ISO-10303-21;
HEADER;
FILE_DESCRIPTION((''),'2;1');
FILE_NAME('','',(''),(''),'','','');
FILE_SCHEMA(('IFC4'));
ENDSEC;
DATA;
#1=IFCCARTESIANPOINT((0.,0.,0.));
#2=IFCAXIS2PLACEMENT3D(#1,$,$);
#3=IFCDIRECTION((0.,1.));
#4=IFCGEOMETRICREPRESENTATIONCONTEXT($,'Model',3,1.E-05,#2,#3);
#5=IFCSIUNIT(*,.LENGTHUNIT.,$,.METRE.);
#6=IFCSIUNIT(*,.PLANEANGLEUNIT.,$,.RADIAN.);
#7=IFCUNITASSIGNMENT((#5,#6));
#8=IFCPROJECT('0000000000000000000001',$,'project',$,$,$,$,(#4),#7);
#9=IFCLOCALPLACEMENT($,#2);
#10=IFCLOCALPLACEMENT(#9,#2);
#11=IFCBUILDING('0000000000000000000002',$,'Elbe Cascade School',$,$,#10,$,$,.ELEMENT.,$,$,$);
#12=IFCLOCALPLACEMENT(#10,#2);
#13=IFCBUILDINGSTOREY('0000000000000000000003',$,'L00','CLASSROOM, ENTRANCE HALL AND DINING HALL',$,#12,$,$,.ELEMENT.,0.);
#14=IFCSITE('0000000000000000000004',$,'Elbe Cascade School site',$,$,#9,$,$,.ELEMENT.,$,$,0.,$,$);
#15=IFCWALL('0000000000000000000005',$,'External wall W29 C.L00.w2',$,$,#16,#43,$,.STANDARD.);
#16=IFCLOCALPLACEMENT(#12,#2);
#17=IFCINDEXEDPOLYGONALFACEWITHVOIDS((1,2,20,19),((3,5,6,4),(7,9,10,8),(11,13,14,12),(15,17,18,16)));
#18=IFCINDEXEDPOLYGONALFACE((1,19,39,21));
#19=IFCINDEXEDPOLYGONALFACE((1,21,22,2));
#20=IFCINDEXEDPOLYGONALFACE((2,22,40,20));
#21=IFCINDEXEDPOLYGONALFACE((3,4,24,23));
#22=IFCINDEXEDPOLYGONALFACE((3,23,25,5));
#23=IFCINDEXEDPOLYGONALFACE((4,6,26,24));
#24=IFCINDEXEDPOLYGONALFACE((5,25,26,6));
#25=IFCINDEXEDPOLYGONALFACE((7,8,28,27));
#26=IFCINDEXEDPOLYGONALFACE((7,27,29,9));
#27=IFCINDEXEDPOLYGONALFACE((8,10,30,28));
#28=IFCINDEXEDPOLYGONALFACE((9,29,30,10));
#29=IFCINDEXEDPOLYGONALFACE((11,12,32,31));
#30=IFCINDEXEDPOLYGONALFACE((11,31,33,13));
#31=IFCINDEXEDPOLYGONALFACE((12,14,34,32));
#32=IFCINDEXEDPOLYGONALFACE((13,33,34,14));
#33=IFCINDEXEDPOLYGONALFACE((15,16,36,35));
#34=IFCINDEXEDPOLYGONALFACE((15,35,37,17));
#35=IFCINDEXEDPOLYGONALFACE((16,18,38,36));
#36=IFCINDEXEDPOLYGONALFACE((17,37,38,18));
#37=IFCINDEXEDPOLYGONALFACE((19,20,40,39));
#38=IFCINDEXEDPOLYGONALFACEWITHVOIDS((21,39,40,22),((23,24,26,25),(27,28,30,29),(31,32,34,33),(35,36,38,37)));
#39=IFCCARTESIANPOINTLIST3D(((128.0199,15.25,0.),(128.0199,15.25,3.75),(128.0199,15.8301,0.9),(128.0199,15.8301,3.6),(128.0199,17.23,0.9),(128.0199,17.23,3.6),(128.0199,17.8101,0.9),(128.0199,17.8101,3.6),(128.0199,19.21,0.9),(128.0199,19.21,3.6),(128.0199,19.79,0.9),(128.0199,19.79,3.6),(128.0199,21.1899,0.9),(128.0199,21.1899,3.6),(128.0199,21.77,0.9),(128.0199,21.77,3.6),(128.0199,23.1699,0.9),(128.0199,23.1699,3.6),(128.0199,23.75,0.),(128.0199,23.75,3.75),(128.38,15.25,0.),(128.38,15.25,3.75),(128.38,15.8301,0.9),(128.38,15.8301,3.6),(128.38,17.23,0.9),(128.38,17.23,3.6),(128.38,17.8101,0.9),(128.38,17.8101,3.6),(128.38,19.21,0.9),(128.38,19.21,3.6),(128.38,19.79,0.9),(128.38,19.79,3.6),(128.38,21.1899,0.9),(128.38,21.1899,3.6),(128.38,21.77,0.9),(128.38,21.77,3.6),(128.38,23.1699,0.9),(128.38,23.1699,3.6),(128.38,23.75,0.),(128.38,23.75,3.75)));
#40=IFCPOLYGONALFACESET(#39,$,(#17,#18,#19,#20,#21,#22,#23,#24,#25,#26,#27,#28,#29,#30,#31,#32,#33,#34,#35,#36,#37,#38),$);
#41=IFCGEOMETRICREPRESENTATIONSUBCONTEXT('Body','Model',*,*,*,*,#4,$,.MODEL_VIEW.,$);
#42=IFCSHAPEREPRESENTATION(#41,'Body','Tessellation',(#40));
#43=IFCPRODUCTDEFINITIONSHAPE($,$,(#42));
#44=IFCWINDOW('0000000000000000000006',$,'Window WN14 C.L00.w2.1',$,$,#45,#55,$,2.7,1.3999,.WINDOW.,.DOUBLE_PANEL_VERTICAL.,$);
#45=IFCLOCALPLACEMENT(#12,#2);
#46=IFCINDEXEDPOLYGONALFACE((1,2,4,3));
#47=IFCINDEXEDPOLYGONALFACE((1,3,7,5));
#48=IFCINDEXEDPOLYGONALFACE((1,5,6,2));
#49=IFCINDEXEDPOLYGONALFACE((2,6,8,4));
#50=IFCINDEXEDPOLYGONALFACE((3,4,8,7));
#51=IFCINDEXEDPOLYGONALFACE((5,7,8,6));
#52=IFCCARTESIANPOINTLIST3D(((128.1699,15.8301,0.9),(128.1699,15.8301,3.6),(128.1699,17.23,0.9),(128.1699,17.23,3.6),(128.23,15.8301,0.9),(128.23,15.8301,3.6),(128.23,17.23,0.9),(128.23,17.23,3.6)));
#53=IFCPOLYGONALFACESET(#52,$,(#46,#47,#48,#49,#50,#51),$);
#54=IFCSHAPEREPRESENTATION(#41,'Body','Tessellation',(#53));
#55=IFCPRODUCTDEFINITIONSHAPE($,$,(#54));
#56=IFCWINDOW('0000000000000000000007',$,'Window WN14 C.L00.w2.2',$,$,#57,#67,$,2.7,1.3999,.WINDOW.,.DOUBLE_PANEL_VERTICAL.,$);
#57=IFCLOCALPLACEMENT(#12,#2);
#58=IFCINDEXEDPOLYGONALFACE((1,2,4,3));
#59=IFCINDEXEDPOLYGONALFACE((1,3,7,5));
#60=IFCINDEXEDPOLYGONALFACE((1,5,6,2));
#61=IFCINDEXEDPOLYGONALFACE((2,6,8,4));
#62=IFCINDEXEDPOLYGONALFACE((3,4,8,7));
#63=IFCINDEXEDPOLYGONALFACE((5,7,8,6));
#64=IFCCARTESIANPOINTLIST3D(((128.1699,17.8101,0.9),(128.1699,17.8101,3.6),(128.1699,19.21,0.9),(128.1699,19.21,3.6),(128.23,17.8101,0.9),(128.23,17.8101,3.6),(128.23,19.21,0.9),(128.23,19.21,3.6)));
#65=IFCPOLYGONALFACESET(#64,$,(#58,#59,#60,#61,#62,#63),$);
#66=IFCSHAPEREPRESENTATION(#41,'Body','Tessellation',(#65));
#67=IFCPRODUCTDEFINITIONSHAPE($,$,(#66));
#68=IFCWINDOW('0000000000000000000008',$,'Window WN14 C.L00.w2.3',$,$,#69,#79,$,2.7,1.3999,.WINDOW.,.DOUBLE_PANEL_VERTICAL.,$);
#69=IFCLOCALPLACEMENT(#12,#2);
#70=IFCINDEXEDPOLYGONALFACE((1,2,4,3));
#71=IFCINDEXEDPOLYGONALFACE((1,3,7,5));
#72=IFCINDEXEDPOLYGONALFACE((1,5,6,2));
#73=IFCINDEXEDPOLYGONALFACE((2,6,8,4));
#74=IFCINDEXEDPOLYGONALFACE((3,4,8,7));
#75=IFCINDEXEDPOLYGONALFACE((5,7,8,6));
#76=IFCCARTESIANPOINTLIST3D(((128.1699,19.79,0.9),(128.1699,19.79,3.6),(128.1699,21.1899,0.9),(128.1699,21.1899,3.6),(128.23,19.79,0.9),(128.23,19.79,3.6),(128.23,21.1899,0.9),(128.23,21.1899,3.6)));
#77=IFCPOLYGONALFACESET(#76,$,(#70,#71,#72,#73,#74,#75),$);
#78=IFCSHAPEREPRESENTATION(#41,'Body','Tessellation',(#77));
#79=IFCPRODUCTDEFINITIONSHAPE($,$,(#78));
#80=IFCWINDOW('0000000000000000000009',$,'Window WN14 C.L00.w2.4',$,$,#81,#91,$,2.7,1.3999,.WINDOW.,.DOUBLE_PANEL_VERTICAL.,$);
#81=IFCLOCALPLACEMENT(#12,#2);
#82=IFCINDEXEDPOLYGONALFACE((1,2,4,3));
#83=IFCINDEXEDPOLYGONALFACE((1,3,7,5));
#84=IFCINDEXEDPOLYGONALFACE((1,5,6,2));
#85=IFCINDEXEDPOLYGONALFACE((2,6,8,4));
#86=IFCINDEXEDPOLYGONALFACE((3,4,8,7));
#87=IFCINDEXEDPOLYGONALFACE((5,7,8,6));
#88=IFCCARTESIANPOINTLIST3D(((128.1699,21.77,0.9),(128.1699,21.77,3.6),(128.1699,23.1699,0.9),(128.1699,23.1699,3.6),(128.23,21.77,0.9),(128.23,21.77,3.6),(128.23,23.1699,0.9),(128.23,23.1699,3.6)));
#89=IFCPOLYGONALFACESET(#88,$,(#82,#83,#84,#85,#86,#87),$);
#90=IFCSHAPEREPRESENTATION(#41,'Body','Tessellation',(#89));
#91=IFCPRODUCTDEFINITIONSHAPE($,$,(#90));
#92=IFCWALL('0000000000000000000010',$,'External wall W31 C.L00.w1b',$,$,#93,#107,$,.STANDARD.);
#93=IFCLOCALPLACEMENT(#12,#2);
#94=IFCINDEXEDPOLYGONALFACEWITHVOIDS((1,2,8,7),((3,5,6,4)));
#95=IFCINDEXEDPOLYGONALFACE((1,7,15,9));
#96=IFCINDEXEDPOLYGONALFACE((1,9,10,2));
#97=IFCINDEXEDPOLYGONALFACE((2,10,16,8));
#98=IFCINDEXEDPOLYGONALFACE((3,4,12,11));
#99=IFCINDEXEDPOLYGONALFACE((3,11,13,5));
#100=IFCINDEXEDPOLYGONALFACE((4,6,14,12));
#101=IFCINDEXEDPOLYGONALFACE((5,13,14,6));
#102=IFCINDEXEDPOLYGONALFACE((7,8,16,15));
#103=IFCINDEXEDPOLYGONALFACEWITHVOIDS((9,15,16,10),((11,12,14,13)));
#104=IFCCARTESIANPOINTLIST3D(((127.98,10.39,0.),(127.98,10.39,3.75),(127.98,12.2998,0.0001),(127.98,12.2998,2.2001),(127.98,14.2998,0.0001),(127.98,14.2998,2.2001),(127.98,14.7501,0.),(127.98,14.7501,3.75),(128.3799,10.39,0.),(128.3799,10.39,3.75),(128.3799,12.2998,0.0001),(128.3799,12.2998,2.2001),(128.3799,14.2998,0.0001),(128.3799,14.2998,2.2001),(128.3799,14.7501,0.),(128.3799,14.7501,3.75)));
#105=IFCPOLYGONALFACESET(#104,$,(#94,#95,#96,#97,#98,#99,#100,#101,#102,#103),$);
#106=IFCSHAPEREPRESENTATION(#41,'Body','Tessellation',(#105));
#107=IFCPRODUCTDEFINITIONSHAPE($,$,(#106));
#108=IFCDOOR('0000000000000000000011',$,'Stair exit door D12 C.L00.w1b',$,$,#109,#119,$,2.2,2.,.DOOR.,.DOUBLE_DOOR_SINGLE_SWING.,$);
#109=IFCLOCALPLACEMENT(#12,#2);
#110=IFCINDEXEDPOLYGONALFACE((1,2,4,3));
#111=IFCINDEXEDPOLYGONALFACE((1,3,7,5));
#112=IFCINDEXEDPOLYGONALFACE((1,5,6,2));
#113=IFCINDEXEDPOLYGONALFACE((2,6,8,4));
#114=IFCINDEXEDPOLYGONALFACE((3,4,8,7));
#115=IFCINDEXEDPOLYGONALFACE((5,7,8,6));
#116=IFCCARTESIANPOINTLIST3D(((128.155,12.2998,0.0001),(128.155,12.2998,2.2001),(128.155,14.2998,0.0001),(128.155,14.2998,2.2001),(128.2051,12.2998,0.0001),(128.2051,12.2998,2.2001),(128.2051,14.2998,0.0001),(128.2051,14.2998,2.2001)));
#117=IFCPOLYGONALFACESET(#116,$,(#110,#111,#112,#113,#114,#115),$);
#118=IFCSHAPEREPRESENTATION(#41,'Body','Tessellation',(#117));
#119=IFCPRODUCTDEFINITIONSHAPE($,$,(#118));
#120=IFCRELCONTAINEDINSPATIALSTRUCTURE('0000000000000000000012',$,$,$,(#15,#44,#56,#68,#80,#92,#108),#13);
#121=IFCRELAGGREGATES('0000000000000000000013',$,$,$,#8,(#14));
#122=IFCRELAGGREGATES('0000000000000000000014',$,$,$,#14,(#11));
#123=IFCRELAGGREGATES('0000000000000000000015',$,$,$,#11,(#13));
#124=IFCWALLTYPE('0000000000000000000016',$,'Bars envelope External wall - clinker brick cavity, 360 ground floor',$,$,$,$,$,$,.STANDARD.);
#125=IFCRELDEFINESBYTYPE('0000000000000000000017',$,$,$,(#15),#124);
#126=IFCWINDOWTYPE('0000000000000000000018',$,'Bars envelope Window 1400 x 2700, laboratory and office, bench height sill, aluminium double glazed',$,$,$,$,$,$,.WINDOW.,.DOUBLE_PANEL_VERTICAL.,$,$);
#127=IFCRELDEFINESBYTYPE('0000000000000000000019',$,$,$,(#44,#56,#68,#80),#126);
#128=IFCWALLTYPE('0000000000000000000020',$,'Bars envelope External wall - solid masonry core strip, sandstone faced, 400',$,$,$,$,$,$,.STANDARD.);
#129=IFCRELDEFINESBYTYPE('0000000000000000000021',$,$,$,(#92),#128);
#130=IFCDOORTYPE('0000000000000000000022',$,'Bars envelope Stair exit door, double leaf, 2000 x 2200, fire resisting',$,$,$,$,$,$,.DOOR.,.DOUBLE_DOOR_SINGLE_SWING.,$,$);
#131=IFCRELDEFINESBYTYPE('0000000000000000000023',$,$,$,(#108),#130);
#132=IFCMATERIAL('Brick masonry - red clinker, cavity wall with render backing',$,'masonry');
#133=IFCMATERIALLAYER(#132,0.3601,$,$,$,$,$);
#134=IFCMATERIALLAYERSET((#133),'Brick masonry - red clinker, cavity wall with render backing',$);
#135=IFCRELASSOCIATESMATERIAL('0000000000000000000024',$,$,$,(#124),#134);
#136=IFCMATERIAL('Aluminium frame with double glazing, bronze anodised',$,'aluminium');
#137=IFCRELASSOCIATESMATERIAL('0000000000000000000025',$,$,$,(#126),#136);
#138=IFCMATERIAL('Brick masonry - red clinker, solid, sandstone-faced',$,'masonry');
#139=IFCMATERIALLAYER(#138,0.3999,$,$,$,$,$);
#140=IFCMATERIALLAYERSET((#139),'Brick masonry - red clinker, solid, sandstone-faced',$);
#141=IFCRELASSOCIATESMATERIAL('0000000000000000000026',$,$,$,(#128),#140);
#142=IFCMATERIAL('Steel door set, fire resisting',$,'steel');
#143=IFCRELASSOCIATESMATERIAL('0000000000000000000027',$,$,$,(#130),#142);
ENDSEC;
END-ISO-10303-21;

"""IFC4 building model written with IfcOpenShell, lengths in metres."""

from ifc_helpers import new_model, si_unit, direction, frame, frame_2d, origin, place, context, subcontext, project, spatial, rectangle, extrude, material, layer, layer_set, type_object, element, fill, save


model = new_model("IFC4")

# Units and contexts
model_context = context("Model", 3, precision=1e-05, world=origin(), true_north=direction((0.0, 1.0)))
body_context = subcontext(model_context, "Body", "Model", "MODEL_VIEW")
ifc_project = project(units=[si_unit("LENGTHUNIT", "METRE"), si_unit("PLANEANGLEUNIT", "RADIAN")], contexts=[model_context])

# Site, building, storey
site_placement = place(None, origin())
site = spatial("IfcSite", under=ifc_project, at=site_placement, Name="Elbe Cascade School site", CompositionType="ELEMENT", RefElevation=0.0)
building_placement = place(site_placement, origin())
building = spatial("IfcBuilding", under=site, at=building_placement, Name="Elbe Cascade School", CompositionType="ELEMENT")
storey_placement = place(building_placement, origin())
storey = spatial("IfcBuildingStorey", under=building, at=storey_placement, Name="L00", Description="CLASSROOM, ENTRANCE HALL AND DINING HALL", CompositionType="ELEMENT", Elevation=0.0)

# Wall, openings, windows
ifc_material_1 = material(Name="Brick masonry - red clinker, cavity wall with render backing", Category="masonry")
ifc_layer_1 = layer(ifc_material_1, 0.3601)
ifc_layer_set_1 = layer_set([ifc_layer_1], Name="Brick masonry - red clinker, cavity wall with render backing")
wall_type_1 = type_object("IfcWallType", Name="Bars envelope External wall - clinker brick cavity, 360 ground floor", PredefinedType="STANDARD", material=ifc_layer_set_1)
wall_1_placement = place(storey_placement, frame((128.2, 15.25, 0.0), z_axis=(0.0, 0.0, 1.0), x_axis=(0.0, 1.0, 0.0)))
wall_1 = element("IfcWall", 1, at=wall_1_placement, inside=storey, type_object=wall_type_1, Name="External wall W29 C.L00.w2", PredefinedType="STANDARD", context=body_context, shape_type="SweptSolid", body=[
    extrude(rectangle(XDim=8.5, YDim=0.3601, at=frame_2d((4.25, 0.0))), origin(), (0.0, 0.0, 1.0), 3.75),
])
opening_1_placement = place(wall_1_placement, frame((0.5801, 0.0, 0.8999)))
opening_1 = element("IfcOpeningElement", 2, at=opening_1_placement, cuts=wall_1, PredefinedType="OPENING", context=body_context, shape_type="SweptSolid", body=[
    extrude(rectangle(XDim=1.3999, YDim=2.7, at=frame_2d((0.7, 1.3501))), frame((0.0, 0.1899, 0.0), z_axis=(0.0, -1.0, 0.0), x_axis=(1.0, 0.0, 0.0)), (0.0, 0.0, 1.0), 0.3801),
])
opening_2_placement = place(wall_1_placement, frame((2.5601, 0.0, 0.8999)))
opening_2 = element("IfcOpeningElement", 3, at=opening_2_placement, cuts=wall_1, PredefinedType="OPENING", context=body_context, shape_type="SweptSolid", body=[
    extrude(rectangle(XDim=1.3999, YDim=2.7, at=frame_2d((0.7, 1.3501))), frame((0.0, 0.1899, 0.0), z_axis=(0.0, -1.0, 0.0), x_axis=(1.0, 0.0, 0.0)), (0.0, 0.0, 1.0), 0.3801),
])
opening_3_placement = place(wall_1_placement, frame((4.54, 0.0, 0.8999)))
opening_3 = element("IfcOpeningElement", 4, at=opening_3_placement, cuts=wall_1, PredefinedType="OPENING", context=body_context, shape_type="SweptSolid", body=[
    extrude(rectangle(XDim=1.3999, YDim=2.7, at=frame_2d((0.7, 1.3501))), frame((0.0, 0.1899, 0.0), z_axis=(0.0, -1.0, 0.0), x_axis=(1.0, 0.0, 0.0)), (0.0, 0.0, 1.0), 0.3801),
])
opening_4_placement = place(wall_1_placement, frame((6.52, 0.0, 0.8999)))
opening_4 = element("IfcOpeningElement", 5, at=opening_4_placement, cuts=wall_1, PredefinedType="OPENING", context=body_context, shape_type="SweptSolid", body=[
    extrude(rectangle(XDim=1.3999, YDim=2.7, at=frame_2d((0.7, 1.3501))), frame((0.0, 0.1899, 0.0), z_axis=(0.0, -1.0, 0.0), x_axis=(1.0, 0.0, 0.0)), (0.0, 0.0, 1.0), 0.3801),
])
ifc_material_2 = material(Name="Aluminium frame with double glazing, bronze anodised", Category="aluminium")
window_type = type_object("IfcWindowType", Name="Bars envelope Window 1400 x 2700, laboratory and office, bench height sill, aluminium double glazed", PartitioningType="DOUBLE_PANEL_VERTICAL", PredefinedType="WINDOW", material=ifc_material_2)
window_1_placement = place(opening_1_placement, origin())
window_1 = element("IfcWindow", 6, at=window_1_placement, inside=storey, type_object=window_type, Name="Window WN14 C.L00.w2.1", OverallHeight=2.7, OverallWidth=1.3999, PartitioningType="DOUBLE_PANEL_VERTICAL", PredefinedType="WINDOW", context=body_context, shape_type="SweptSolid", body=[
    extrude(rectangle(XDim=1.3999, YDim=2.7, at=frame_2d((0.7, 1.3501))), frame((0.0, 0.03, 0.0), z_axis=(0.0, -1.0, 0.0), x_axis=(1.0, 0.0, 0.0)), (0.0, 0.0, 1.0), 0.0601),
])
fill(opening_1, window_1)
window_2_placement = place(opening_2_placement, origin())
window_2 = element("IfcWindow", 7, at=window_2_placement, inside=storey, type_object=window_type, Name="Window WN14 C.L00.w2.2", OverallHeight=2.7, OverallWidth=1.3999, PartitioningType="DOUBLE_PANEL_VERTICAL", PredefinedType="WINDOW", context=body_context, shape_type="SweptSolid", body=[
    extrude(rectangle(XDim=1.3999, YDim=2.7, at=frame_2d((0.7, 1.3501))), frame((0.0, 0.03, 0.0), z_axis=(0.0, -1.0, 0.0), x_axis=(1.0, 0.0, 0.0)), (0.0, 0.0, 1.0), 0.0601),
])
fill(opening_2, window_2)
window_3_placement = place(opening_3_placement, origin())
window_3 = element("IfcWindow", 8, at=window_3_placement, inside=storey, type_object=window_type, Name="Window WN14 C.L00.w2.3", OverallHeight=2.7, OverallWidth=1.3999, PartitioningType="DOUBLE_PANEL_VERTICAL", PredefinedType="WINDOW", context=body_context, shape_type="SweptSolid", body=[
    extrude(rectangle(XDim=1.3999, YDim=2.7, at=frame_2d((0.7, 1.3501))), frame((0.0, 0.03, 0.0), z_axis=(0.0, -1.0, 0.0), x_axis=(1.0, 0.0, 0.0)), (0.0, 0.0, 1.0), 0.0601),
])
fill(opening_3, window_3)
window_4_placement = place(opening_4_placement, origin())
window_4 = element("IfcWindow", 9, at=window_4_placement, inside=storey, type_object=window_type, Name="Window WN14 C.L00.w2.4", OverallHeight=2.7, OverallWidth=1.3999, PartitioningType="DOUBLE_PANEL_VERTICAL", PredefinedType="WINDOW", context=body_context, shape_type="SweptSolid", body=[
    extrude(rectangle(XDim=1.3999, YDim=2.7, at=frame_2d((0.7, 1.3501))), frame((0.0, 0.03, 0.0), z_axis=(0.0, -1.0, 0.0), x_axis=(1.0, 0.0, 0.0)), (0.0, 0.0, 1.0), 0.0601),
])
fill(opening_4, window_4)

# Wall, opening, door
ifc_material_3 = material(Name="Brick masonry - red clinker, solid, sandstone-faced", Category="masonry")
ifc_layer_2 = layer(ifc_material_3, 0.3999)
ifc_layer_set_2 = layer_set([ifc_layer_2], Name="Brick masonry - red clinker, solid, sandstone-faced")
wall_type_2 = type_object("IfcWallType", Name="Bars envelope External wall - solid masonry core strip, sandstone faced, 400", PredefinedType="STANDARD", material=ifc_layer_set_2)
wall_2_placement = place(storey_placement, frame((128.1799, 10.3899, 0.0), z_axis=(0.0, 0.0, 1.0), x_axis=(0.0, 1.0, 0.0)))
wall_2 = element("IfcWall", 10, at=wall_2_placement, inside=storey, type_object=wall_type_2, Name="External wall W31 C.L00.w1b", PredefinedType="STANDARD", context=body_context, shape_type="SweptSolid", body=[
    extrude(rectangle(XDim=4.3601, YDim=0.3999, at=frame_2d((2.1802, 0.0))), origin(), (0.0, 0.0, 1.0), 3.75),
])
opening_5_placement = place(wall_2_placement, frame((1.9099, 0.0, 0.0)))
opening_5 = element("IfcOpeningElement", 11, at=opening_5_placement, cuts=wall_2, PredefinedType="OPENING", context=body_context, shape_type="SweptSolid", body=[
    extrude(rectangle(XDim=2.0, YDim=2.2, at=frame_2d((1.0, 1.1001))), frame((0.0, 0.21, 0.0), z_axis=(0.0, -1.0, 0.0), x_axis=(1.0, 0.0, 0.0)), (0.0, 0.0, 1.0), 0.4199),
])
ifc_material_4 = material(Name="Steel door set, fire resisting", Category="steel")
door_type_1 = type_object("IfcDoorType", Name="Bars envelope Stair exit door, double leaf, 2000 x 2200, fire resisting", OperationType="DOUBLE_DOOR_SINGLE_SWING", PredefinedType="DOOR", material=ifc_material_4)
door_1_placement = place(opening_5_placement, origin())
door_1 = element("IfcDoor", 12, at=door_1_placement, inside=storey, type_object=door_type_1, Name="Stair exit door D12 C.L00.w1b", OperationType="DOUBLE_DOOR_SINGLE_SWING", OverallHeight=2.2, OverallWidth=2.0, PredefinedType="DOOR", context=body_context, shape_type="SweptSolid", body=[
    extrude(rectangle(XDim=2.0, YDim=2.2, at=frame_2d((1.0, 1.1001))), frame((0.0, 0.0249, 0.0), z_axis=(0.0, -1.0, 0.0), x_axis=(1.0, 0.0, 0.0)), (0.0, 0.0, 1.0), 0.05),
])
fill(opening_5, door_1)

save(model, "model.ifc")
